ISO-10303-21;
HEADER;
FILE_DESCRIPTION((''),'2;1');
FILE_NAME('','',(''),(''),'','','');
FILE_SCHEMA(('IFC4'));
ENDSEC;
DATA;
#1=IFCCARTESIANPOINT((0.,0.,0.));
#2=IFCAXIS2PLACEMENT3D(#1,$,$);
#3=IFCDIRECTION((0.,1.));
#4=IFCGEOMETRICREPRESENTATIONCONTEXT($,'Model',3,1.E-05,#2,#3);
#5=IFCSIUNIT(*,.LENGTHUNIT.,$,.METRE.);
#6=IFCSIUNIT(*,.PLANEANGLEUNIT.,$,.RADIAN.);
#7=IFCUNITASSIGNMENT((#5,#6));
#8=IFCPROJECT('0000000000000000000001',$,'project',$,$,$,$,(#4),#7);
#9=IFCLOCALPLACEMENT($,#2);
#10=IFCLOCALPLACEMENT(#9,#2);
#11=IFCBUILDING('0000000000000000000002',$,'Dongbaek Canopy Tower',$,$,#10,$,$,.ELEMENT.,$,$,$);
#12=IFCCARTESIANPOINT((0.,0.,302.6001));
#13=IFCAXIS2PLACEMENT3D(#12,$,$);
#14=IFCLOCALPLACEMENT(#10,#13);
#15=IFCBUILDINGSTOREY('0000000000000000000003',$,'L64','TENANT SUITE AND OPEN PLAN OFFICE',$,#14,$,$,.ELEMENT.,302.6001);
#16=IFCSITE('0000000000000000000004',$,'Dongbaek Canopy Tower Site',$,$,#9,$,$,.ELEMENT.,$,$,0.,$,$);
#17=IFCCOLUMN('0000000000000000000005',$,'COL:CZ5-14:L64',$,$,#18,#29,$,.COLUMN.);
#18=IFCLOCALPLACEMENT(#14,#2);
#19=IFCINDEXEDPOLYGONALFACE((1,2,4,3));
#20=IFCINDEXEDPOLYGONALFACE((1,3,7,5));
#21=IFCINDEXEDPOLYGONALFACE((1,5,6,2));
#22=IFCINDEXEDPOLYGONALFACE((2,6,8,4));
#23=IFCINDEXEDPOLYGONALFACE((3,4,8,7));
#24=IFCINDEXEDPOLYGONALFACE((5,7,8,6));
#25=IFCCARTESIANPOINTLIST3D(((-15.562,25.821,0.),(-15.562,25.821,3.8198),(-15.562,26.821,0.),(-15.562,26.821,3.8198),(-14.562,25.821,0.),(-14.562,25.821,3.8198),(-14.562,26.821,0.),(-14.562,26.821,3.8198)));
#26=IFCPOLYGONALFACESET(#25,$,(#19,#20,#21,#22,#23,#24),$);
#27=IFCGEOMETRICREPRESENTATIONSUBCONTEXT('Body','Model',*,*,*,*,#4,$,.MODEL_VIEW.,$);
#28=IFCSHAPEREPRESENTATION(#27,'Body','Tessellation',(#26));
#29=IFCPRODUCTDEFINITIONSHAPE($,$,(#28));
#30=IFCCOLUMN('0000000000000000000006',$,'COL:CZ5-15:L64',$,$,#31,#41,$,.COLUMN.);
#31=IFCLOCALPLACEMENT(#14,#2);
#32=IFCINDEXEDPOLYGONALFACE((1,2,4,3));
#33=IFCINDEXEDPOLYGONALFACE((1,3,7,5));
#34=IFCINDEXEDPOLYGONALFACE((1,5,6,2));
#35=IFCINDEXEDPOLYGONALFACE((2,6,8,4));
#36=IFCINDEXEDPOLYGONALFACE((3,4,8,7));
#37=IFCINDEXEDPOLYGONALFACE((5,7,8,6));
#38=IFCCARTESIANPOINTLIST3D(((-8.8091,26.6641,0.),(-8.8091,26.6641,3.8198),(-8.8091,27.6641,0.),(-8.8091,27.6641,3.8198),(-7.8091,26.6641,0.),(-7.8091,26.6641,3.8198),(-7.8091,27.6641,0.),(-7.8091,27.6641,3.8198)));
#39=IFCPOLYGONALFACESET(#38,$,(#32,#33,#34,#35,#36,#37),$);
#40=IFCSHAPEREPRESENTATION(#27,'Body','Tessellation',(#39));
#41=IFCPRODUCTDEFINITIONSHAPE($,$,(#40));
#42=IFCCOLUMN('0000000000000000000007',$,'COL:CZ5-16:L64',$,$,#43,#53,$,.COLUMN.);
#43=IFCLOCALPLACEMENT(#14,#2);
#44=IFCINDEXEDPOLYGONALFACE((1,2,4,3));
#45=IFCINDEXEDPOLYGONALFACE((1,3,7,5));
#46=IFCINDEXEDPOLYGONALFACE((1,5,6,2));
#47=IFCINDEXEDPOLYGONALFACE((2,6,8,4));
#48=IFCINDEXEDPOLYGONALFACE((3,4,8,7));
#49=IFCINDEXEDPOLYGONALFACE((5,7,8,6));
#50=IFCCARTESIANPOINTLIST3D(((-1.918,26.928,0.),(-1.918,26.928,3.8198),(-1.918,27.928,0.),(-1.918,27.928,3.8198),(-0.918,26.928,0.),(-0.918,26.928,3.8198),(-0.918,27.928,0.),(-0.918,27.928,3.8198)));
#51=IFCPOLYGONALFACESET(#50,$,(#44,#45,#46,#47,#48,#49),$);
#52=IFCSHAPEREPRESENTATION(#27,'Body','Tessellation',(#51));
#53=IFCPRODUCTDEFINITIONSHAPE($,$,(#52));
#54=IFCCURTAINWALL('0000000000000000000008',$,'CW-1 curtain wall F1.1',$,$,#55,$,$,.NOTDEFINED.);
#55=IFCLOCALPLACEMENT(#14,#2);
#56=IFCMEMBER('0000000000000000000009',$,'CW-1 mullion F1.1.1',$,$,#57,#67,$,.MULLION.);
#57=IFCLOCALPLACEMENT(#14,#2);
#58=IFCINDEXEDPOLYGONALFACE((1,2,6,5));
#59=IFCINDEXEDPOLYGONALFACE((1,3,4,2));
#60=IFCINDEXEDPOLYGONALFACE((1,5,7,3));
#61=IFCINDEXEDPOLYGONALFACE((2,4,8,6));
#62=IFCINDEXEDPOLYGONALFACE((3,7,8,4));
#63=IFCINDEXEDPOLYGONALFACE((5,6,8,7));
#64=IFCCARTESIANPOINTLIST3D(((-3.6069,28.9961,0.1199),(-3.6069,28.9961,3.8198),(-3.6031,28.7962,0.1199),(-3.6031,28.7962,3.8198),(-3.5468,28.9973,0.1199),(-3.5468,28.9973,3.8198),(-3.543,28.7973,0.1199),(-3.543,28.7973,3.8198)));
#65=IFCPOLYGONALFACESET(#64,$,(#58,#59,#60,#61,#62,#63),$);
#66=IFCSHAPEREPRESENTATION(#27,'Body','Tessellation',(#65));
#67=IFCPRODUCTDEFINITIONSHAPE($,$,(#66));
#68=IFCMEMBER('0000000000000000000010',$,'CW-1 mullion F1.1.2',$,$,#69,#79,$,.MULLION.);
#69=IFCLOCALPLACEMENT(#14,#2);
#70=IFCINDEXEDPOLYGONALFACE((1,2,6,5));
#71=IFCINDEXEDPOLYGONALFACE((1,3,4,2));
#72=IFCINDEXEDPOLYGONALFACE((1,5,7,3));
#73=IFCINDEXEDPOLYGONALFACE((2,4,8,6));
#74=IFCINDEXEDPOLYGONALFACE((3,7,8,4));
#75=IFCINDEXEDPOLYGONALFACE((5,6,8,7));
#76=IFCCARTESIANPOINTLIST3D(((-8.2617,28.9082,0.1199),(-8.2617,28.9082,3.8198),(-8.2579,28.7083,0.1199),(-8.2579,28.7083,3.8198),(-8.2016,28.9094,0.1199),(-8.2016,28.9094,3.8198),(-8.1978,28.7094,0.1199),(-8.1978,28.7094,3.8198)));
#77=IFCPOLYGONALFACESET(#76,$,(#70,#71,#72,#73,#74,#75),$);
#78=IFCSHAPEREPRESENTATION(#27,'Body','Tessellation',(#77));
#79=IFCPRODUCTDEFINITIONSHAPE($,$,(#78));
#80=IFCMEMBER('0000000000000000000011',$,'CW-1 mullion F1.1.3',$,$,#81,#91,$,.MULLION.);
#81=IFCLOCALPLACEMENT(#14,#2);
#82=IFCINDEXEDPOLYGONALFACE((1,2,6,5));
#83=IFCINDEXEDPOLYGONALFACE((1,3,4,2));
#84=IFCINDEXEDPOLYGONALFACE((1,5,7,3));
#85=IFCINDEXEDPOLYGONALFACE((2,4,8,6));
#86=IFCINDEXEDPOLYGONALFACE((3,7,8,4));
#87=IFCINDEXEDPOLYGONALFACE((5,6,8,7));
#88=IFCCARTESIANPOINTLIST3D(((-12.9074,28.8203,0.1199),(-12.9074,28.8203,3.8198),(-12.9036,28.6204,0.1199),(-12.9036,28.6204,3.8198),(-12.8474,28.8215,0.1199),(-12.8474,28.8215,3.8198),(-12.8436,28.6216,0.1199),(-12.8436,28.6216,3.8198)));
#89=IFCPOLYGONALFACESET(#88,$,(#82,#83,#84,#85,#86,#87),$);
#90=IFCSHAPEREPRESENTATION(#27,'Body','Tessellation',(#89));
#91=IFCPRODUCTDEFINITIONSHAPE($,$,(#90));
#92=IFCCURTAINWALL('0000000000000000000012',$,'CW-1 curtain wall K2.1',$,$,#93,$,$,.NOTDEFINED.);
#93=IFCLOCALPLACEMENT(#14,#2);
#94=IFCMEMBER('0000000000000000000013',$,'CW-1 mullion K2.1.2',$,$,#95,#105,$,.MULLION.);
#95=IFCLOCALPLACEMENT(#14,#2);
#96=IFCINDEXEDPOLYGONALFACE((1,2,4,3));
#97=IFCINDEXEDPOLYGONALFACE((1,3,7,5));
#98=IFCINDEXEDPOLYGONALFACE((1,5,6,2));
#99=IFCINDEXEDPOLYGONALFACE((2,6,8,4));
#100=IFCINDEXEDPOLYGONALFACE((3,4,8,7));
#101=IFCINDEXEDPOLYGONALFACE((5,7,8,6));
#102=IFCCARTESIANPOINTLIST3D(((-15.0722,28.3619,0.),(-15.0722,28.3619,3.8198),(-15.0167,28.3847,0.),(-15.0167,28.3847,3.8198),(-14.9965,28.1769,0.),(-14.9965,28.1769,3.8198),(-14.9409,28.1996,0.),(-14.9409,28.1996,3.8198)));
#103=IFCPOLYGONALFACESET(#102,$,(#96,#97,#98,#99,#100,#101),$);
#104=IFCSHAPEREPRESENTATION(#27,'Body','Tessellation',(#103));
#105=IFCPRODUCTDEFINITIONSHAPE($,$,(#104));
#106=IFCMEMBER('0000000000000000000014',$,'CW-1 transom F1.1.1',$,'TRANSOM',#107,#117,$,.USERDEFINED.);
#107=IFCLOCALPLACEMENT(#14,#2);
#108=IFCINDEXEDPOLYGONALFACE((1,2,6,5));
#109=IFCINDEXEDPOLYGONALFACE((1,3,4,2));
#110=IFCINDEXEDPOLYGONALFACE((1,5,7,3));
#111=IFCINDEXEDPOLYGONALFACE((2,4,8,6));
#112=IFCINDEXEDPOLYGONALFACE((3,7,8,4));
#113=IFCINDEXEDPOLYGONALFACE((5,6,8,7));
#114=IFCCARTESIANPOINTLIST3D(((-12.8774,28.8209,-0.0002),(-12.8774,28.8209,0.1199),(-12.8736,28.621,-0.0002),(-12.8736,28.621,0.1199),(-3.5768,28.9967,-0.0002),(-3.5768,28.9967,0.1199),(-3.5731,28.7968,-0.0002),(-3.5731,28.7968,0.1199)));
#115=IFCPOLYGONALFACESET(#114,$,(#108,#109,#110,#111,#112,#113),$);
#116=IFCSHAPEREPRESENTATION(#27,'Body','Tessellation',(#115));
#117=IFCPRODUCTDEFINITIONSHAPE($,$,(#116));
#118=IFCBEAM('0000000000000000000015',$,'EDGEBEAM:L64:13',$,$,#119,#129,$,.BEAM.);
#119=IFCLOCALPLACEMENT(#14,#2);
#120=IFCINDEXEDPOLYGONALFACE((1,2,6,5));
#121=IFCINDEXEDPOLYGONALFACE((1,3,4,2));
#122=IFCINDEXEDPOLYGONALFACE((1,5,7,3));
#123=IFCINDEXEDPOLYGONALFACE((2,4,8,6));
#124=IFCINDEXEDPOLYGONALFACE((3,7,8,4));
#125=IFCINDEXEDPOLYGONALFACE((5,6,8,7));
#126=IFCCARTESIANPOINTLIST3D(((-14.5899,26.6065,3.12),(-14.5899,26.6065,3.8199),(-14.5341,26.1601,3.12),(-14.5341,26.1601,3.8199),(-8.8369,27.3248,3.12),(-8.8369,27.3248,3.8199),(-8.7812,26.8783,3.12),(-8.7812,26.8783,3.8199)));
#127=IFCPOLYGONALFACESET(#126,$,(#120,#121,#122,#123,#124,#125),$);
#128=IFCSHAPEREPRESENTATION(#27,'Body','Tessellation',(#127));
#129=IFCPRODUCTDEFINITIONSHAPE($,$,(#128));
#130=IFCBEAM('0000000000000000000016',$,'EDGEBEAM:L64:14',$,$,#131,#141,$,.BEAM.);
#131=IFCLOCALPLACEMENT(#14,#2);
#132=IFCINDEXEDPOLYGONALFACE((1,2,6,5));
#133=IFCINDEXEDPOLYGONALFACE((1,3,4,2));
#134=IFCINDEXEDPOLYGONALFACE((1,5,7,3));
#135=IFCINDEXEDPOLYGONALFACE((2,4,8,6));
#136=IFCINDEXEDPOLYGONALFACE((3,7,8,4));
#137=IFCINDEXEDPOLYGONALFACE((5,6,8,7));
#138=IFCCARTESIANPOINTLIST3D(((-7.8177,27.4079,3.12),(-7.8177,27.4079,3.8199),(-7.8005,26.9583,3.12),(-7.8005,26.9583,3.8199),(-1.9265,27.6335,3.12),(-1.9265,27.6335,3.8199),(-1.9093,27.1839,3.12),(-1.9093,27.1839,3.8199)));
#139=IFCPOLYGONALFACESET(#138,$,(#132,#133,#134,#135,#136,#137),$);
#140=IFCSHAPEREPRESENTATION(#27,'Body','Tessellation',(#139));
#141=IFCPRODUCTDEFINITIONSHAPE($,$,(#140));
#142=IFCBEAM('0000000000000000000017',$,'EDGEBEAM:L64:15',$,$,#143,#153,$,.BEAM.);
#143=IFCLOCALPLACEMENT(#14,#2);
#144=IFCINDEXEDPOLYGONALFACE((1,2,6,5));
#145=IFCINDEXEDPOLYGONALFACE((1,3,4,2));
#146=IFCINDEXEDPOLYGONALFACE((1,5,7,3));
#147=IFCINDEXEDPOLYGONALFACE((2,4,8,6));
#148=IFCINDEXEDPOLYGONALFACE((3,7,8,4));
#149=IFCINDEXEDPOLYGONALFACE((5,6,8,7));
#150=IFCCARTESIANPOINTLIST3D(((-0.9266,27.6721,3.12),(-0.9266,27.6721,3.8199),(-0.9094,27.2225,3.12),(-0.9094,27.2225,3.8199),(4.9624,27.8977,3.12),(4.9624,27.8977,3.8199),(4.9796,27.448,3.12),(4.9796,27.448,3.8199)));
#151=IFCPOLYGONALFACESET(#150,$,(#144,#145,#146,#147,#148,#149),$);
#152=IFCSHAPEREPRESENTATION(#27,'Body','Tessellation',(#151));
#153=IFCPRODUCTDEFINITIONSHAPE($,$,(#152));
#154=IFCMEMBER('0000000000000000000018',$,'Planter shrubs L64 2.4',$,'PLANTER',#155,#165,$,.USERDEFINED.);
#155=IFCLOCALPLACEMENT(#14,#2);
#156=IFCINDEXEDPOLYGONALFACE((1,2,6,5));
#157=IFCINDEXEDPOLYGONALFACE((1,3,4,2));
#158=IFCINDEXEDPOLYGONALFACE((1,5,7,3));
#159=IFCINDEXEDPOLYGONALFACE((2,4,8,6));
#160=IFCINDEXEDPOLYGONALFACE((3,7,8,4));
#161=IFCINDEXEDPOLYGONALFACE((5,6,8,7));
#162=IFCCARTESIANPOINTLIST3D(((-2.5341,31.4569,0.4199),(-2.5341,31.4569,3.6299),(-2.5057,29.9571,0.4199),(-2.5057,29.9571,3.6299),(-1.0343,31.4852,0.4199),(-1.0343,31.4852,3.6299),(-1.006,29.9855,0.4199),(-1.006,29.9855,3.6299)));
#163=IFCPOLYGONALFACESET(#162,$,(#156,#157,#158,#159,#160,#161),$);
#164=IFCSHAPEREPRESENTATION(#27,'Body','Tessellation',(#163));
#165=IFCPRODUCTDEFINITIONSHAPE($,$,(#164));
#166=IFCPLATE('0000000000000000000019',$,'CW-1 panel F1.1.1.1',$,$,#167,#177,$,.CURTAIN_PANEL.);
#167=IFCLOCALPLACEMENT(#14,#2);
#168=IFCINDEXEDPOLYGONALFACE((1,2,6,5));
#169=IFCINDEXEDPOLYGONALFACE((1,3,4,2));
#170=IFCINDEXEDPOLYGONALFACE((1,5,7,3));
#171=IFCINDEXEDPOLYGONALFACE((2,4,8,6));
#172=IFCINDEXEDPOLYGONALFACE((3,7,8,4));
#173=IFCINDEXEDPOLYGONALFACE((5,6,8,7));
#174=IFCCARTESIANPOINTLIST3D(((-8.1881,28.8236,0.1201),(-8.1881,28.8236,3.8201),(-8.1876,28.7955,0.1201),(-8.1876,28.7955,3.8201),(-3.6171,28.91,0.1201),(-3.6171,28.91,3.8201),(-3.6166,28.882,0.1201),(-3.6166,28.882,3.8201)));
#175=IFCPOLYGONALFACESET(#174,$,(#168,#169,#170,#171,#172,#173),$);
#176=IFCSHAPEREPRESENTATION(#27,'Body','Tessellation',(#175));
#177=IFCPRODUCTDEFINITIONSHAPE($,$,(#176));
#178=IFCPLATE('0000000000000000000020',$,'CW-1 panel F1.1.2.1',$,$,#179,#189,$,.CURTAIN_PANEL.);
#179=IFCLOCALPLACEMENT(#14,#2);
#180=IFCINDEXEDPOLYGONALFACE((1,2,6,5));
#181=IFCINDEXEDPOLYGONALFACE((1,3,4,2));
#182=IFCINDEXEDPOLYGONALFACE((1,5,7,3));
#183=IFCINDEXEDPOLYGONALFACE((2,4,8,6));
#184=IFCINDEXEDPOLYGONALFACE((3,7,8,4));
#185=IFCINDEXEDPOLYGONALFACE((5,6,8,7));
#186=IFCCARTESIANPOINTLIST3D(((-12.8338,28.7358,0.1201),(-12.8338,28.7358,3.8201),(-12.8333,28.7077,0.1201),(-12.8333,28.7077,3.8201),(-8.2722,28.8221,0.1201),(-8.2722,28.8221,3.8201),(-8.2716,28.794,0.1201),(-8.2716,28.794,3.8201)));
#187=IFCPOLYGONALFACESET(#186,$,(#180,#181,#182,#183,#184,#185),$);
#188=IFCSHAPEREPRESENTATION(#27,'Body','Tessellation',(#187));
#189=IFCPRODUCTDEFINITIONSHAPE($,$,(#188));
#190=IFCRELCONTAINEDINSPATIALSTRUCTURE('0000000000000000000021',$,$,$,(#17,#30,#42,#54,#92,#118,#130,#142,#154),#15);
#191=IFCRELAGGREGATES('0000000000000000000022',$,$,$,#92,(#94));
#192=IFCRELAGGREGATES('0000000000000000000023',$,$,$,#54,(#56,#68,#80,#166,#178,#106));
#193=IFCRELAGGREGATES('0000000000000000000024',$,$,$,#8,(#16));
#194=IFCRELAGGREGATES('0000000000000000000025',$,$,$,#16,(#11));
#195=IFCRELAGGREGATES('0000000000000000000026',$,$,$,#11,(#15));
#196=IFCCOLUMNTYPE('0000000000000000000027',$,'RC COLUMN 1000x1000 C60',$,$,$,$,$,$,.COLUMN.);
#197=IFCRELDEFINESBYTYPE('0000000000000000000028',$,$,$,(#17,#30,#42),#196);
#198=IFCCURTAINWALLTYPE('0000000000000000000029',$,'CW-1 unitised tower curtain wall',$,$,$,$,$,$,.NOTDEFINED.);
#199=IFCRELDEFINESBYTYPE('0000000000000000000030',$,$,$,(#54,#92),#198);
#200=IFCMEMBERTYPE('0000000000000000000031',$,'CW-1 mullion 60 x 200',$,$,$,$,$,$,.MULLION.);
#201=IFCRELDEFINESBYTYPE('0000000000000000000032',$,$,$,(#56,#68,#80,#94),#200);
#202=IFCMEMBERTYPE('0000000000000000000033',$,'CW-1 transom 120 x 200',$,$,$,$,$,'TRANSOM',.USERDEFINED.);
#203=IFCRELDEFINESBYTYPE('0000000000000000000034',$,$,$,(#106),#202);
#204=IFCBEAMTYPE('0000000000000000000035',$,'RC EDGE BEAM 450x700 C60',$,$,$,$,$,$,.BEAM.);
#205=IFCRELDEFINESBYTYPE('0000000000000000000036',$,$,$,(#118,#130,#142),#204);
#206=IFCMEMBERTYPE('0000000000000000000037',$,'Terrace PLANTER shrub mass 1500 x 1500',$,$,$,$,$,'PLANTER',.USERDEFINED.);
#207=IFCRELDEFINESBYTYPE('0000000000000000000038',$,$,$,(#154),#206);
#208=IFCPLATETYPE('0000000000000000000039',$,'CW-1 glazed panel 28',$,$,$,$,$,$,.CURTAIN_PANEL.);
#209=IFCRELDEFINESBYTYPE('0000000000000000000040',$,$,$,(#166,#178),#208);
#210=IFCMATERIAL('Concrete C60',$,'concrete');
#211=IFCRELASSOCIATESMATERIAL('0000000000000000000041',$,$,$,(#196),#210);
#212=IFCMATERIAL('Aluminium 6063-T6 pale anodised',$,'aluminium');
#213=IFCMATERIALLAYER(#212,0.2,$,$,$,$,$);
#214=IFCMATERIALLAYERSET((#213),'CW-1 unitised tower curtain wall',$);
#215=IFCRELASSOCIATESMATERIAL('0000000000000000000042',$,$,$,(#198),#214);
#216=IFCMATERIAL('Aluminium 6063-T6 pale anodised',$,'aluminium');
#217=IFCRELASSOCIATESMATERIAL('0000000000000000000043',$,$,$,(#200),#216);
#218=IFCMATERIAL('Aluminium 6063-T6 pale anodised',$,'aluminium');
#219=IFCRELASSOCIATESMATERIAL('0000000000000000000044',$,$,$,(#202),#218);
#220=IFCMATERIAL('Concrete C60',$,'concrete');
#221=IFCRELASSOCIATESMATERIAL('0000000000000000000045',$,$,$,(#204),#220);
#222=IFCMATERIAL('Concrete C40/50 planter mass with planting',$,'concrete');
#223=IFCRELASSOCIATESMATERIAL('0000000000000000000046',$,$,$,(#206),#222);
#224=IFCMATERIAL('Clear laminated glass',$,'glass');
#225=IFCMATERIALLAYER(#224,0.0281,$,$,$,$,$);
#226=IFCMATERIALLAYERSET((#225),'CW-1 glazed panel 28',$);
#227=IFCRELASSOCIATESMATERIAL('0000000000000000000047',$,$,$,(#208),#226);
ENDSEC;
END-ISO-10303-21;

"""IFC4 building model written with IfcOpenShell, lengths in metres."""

from ifc_helpers import new_model, si_unit, direction, frame, origin, origin_2d, place, context, subcontext, project, spatial, rectangle, extrude, material, layer, layer_set, material_profile, profile_set, type_object, element, aggregate, save


model = new_model("IFC4")

# Units and contexts
model_context = context("Model", 3, precision=1e-05, world=origin(), true_north=direction((0.0, 1.0)))
body_context = subcontext(model_context, "Body", "Model", "MODEL_VIEW")
ifc_project = project(units=[si_unit("LENGTHUNIT", "METRE"), si_unit("PLANEANGLEUNIT", "RADIAN")], contexts=[model_context])

# Site, building, storey
site_placement = place(None, origin())
site = spatial("IfcSite", under=ifc_project, at=site_placement, Name="Dongbaek Canopy Tower Site", CompositionType="ELEMENT", RefElevation=0.0)
building_placement = place(site_placement, origin())
building = spatial("IfcBuilding", under=site, at=building_placement, Name="Dongbaek Canopy Tower", CompositionType="ELEMENT")
storey_placement = place(building_placement, frame((0.0, 0.0, 302.6001)))
storey = spatial("IfcBuildingStorey", under=building, at=storey_placement, Name="L64", Description="TENANT SUITE AND OPEN PLAN OFFICE", CompositionType="ELEMENT", Elevation=302.6001)

# Columns
ifc_material_1 = material(Name="Concrete C60", Category="concrete")
ifc_material_profile_1 = material_profile(ifc_material_1, rectangle(XDim=1.0, YDim=1.0, at=origin_2d()), Name="RC COLUMN 1000x1000 C60")
ifc_profile_set_1 = profile_set([ifc_material_profile_1], Name="Concrete C60")
column_type = type_object("IfcColumnType", Name="RC COLUMN 1000x1000 C60", PredefinedType="COLUMN", material=ifc_profile_set_1)
for number, where, z_axis, x_axis, name in (
    (1, (-15.062, 26.321, 0.0), (0.0, 0.0, 1.0), (1.0, 0.0, 0.0), "COL:CZ5-14:L64"),
    (2, (-8.3091, 27.1641, 0.0), (0.0, 0.0, 1.0), (1.0, 0.0, 0.0), "COL:CZ5-15:L64"),
    (3, (-1.418, 27.428, 0.0), (0.0, 0.0, 1.0), (1.0, 0.0, 0.0), "COL:CZ5-16:L64"),
):
    element("IfcColumn", number, at=place(storey_placement, frame(where, z_axis=z_axis, x_axis=x_axis)), inside=storey, type_object=column_type, Name=name, PredefinedType="COLUMN", context=body_context, shape_type="SweptSolid", body=[
        extrude(rectangle(XDim=1.0, YDim=1.0, at=origin_2d()), origin(), (0.0, 0.0, 1.0), 3.8198),
    ])

# Curtain wall, members
ifc_material_2 = material(Name="Aluminium 6063-T6 pale anodised", Category="aluminium")
ifc_layer_1 = layer(ifc_material_2, 0.2)
ifc_layer_set_1 = layer_set([ifc_layer_1], Name="CW-1 unitised tower curtain wall")
curtain_wall_type = type_object("IfcCurtainWallType", Name="CW-1 unitised tower curtain wall", PredefinedType="NOTDEFINED", material=ifc_layer_set_1)
curtain_wall_1_placement = place(storey_placement, origin())
curtain_wall_1 = element("IfcCurtainWall", 4, at=curtain_wall_1_placement, inside=storey, type_object=curtain_wall_type, Name="CW-1 curtain wall F1.1", PredefinedType="NOTDEFINED")
ifc_material_3 = material(Name="Aluminium 6063-T6 pale anodised", Category="aluminium")
ifc_material_profile_2 = material_profile(ifc_material_3, rectangle(XDim=0.2, YDim=0.0601, at=origin_2d()), Name="CW-1 mullion 60 x 200")
ifc_profile_set_2 = profile_set([ifc_material_profile_2], Name="Aluminium 6063-T6 pale anodised")
member_type_1 = type_object("IfcMemberType", Name="CW-1 mullion 60 x 200", PredefinedType="MULLION", material=ifc_profile_set_2)
member_1_placement = place(storey_placement, frame((-3.575, 28.8967, 0.1199), z_axis=(0.0, 0.0, 1.0), x_axis=(-0.018905, 0.999821, 0.0)))
member_1 = element("IfcMember", 5, at=member_1_placement, type_object=member_type_1, Name="CW-1 mullion F1.1.1", PredefinedType="MULLION", context=body_context, shape_type="SweptSolid", body=[
    extrude(rectangle(XDim=0.2, YDim=0.0601, at=origin_2d()), origin(), (0.0, 0.0, 1.0), 3.7),
])
member_2_placement = place(storey_placement, frame((-8.2297, 28.8088, 0.1199), z_axis=(0.0, 0.0, 1.0), x_axis=(-0.018905, 0.999821, 0.0)))
member_2 = element("IfcMember", 6, at=member_2_placement, type_object=member_type_1, Name="CW-1 mullion F1.1.2", PredefinedType="MULLION", context=body_context, shape_type="SweptSolid", body=[
    extrude(rectangle(XDim=0.2, YDim=0.0601, at=origin_2d()), origin(), (0.0, 0.0, 1.0), 3.7),
])
member_3_placement = place(storey_placement, frame((-12.8755, 28.7209, 0.1199), z_axis=(0.0, 0.0, 1.0), x_axis=(-0.018905, 0.999821, 0.0)))
member_3 = element("IfcMember", 7, at=member_3_placement, type_object=member_type_1, Name="CW-1 mullion F1.1.3", PredefinedType="MULLION", context=body_context, shape_type="SweptSolid", body=[
    extrude(rectangle(XDim=0.2, YDim=0.0601, at=origin_2d()), origin(), (0.0, 0.0, 1.0), 3.7),
])

# Curtain wall, member
curtain_wall_2_placement = place(storey_placement, origin())
curtain_wall_2 = element("IfcCurtainWall", 8, at=curtain_wall_2_placement, inside=storey, type_object=curtain_wall_type, Name="CW-1 curtain wall K2.1", PredefinedType="NOTDEFINED")
member_4_placement = place(storey_placement, frame((-15.0066, 28.2808, 0.0), z_axis=(0.0, 0.0, 1.0), x_axis=(-0.378666, 0.925533, 0.0)))
member_4 = element("IfcMember", 9, at=member_4_placement, type_object=member_type_1, Name="CW-1 mullion K2.1.2", PredefinedType="MULLION", context=body_context, shape_type="SweptSolid", body=[
    extrude(rectangle(XDim=0.2, YDim=0.0601, at=origin_2d()), origin(), (0.0, 0.0, 1.0), 3.8198),
])

# Member
ifc_material_4 = material(Name="Aluminium 6063-T6 pale anodised", Category="aluminium")
ifc_material_profile_3 = material_profile(ifc_material_4, rectangle(XDim=0.2, YDim=0.1201, at=origin_2d()), Name="CW-1 transom 120 x 200")
ifc_profile_set_3 = profile_set([ifc_material_profile_3], Name="Aluminium 6063-T6 pale anodised")
member_type_2 = type_object("IfcMemberType", Name="CW-1 transom 120 x 200", ElementType="TRANSOM", PredefinedType="USERDEFINED", material=ifc_profile_set_3)
member_5_placement = place(storey_placement, frame((-3.575, 28.8967, 0.0598), z_axis=(-0.999821, -0.018897, 0.0), x_axis=(0.018897, -0.999821, 0.0)))
member_5 = element("IfcMember", 10, at=member_5_placement, type_object=member_type_2, Name="CW-1 transom F1.1.1", ObjectType="TRANSOM", PredefinedType="USERDEFINED", context=body_context, shape_type="SweptSolid", body=[
    extrude(rectangle(XDim=0.2, YDim=0.1201, at=origin_2d()), origin(), (0.0, 0.0, 1.0), 9.3022),
])

# Beams
ifc_material_5 = material(Name="Concrete C60", Category="concrete")
ifc_material_profile_4 = material_profile(ifc_material_5, rectangle(XDim=0.45, YDim=0.7, at=origin_2d()), Name="RC EDGE BEAM 450x700 C60")
ifc_profile_set_4 = profile_set([ifc_material_profile_4], Name="Concrete C60")
beam_type = type_object("IfcBeamType", Name="RC EDGE BEAM 450x700 C60", PredefinedType="BEAM", material=ifc_profile_set_4)
beam_1_placement = place(storey_placement, frame((-14.562, 26.3833, 3.47), z_axis=(0.992296, 0.12389, 0.0), x_axis=(-0.12389, 0.992296, 0.0)))
element("IfcBeam", 11, at=beam_1_placement, inside=storey, type_object=beam_type, Name="EDGEBEAM:L64:13", PredefinedType="BEAM", context=body_context, shape_type="SweptSolid", body=[
    extrude(rectangle(XDim=0.45, YDim=0.7, at=origin_2d()), origin(), (0.0, 0.0, 1.0), 5.7976),
])
beam_2_placement = place(storey_placement, frame((-7.8091, 27.1831, 3.47), z_axis=(0.999268, 0.038265, 0.0), x_axis=(-0.038265, 0.999268, 0.0)))
element("IfcBeam", 12, at=beam_2_placement, inside=storey, type_object=beam_type, Name="EDGEBEAM:L64:14", PredefinedType="BEAM", context=body_context, shape_type="SweptSolid", body=[
    extrude(rectangle(XDim=0.45, YDim=0.7, at=origin_2d()), origin(), (0.0, 0.0, 1.0), 5.8955),
])
beam_3_placement = place(storey_placement, frame((-0.918, 27.4473, 3.47), z_axis=(0.999267, 0.038279, 0.0), x_axis=(-0.038279, 0.999267, 0.0)))
element("IfcBeam", 13, at=beam_3_placement, inside=storey, type_object=beam_type, Name="EDGEBEAM:L64:15", PredefinedType="BEAM", context=body_context, shape_type="SweptSolid", body=[
    extrude(rectangle(XDim=0.45, YDim=0.7, at=origin_2d()), origin(), (0.0, 0.0, 1.0), 5.8933),
])

# Member
ifc_material_6 = material(Name="Concrete C40/50 planter mass with planting", Category="concrete")
ifc_material_profile_5 = material_profile(ifc_material_6, rectangle(XDim=1.5, YDim=1.5, at=origin_2d()), Name="Terrace PLANTER shrub mass 1500 x 1500")
ifc_profile_set_5 = profile_set([ifc_material_profile_5], Name="Concrete C40/50 planter mass with planting")
member_type_3 = type_object("IfcMemberType", Name="Terrace PLANTER shrub mass 1500 x 1500", ElementType="PLANTER", PredefinedType="USERDEFINED", material=ifc_profile_set_5)
member_6_placement = place(storey_placement, frame((-1.77, 30.7212, 0.4199), z_axis=(0.0, 0.0, 1.0), x_axis=(-0.018905, 0.999821, 0.0)))
element("IfcMember", 14, at=member_6_placement, inside=storey, type_object=member_type_3, Name="Planter shrubs L64 2.4", ObjectType="PLANTER", PredefinedType="USERDEFINED", context=body_context, shape_type="SweptSolid", body=[
    extrude(rectangle(XDim=1.5, YDim=1.5, at=origin_2d()), origin(), (0.0, 0.0, 1.0), 3.21),
])

# Plates
ifc_material_7 = material(Name="Clear laminated glass", Category="glass")
ifc_layer_2 = layer(ifc_material_7, 0.0281)
ifc_layer_set_2 = layer_set([ifc_layer_2], Name="CW-1 glazed panel 28")
plate_type = type_object("IfcPlateType", Name="CW-1 glazed panel 28", PredefinedType="CURTAIN_PANEL", material=ifc_layer_set_2)
plate_1_placement = place(storey_placement, frame((-5.9023, 28.8528, 0.1201), z_axis=(0.0, 0.0, 1.0), x_axis=(-0.999821, -0.018905, 0.0)))
plate_1 = element("IfcPlate", 15, at=plate_1_placement, type_object=plate_type, Name="CW-1 panel F1.1.1.1", PredefinedType="CURTAIN_PANEL", context=body_context, shape_type="SweptSolid", body=[
    extrude(rectangle(XDim=4.5718, YDim=0.0281, at=origin_2d()), origin(), (0.0, 0.0, 1.0), 3.7),
])
plate_2_placement = place(storey_placement, frame((-10.5527, 28.7649, 0.1201), z_axis=(0.0, 0.0, 1.0), x_axis=(-0.999821, -0.018905, 0.0)))
plate_2 = element("IfcPlate", 16, at=plate_2_placement, type_object=plate_type, Name="CW-1 panel F1.1.2.1", PredefinedType="CURTAIN_PANEL", context=body_context, shape_type="SweptSolid", body=[
    extrude(rectangle(XDim=4.5625, YDim=0.0281, at=origin_2d()), origin(), (0.0, 0.0, 1.0), 3.7),
])
aggregate(curtain_wall_2, [member_4])

aggregate(curtain_wall_1, [member_1, member_2, member_3, plate_1, plate_2, member_5])

save(model, "model.ifc")
